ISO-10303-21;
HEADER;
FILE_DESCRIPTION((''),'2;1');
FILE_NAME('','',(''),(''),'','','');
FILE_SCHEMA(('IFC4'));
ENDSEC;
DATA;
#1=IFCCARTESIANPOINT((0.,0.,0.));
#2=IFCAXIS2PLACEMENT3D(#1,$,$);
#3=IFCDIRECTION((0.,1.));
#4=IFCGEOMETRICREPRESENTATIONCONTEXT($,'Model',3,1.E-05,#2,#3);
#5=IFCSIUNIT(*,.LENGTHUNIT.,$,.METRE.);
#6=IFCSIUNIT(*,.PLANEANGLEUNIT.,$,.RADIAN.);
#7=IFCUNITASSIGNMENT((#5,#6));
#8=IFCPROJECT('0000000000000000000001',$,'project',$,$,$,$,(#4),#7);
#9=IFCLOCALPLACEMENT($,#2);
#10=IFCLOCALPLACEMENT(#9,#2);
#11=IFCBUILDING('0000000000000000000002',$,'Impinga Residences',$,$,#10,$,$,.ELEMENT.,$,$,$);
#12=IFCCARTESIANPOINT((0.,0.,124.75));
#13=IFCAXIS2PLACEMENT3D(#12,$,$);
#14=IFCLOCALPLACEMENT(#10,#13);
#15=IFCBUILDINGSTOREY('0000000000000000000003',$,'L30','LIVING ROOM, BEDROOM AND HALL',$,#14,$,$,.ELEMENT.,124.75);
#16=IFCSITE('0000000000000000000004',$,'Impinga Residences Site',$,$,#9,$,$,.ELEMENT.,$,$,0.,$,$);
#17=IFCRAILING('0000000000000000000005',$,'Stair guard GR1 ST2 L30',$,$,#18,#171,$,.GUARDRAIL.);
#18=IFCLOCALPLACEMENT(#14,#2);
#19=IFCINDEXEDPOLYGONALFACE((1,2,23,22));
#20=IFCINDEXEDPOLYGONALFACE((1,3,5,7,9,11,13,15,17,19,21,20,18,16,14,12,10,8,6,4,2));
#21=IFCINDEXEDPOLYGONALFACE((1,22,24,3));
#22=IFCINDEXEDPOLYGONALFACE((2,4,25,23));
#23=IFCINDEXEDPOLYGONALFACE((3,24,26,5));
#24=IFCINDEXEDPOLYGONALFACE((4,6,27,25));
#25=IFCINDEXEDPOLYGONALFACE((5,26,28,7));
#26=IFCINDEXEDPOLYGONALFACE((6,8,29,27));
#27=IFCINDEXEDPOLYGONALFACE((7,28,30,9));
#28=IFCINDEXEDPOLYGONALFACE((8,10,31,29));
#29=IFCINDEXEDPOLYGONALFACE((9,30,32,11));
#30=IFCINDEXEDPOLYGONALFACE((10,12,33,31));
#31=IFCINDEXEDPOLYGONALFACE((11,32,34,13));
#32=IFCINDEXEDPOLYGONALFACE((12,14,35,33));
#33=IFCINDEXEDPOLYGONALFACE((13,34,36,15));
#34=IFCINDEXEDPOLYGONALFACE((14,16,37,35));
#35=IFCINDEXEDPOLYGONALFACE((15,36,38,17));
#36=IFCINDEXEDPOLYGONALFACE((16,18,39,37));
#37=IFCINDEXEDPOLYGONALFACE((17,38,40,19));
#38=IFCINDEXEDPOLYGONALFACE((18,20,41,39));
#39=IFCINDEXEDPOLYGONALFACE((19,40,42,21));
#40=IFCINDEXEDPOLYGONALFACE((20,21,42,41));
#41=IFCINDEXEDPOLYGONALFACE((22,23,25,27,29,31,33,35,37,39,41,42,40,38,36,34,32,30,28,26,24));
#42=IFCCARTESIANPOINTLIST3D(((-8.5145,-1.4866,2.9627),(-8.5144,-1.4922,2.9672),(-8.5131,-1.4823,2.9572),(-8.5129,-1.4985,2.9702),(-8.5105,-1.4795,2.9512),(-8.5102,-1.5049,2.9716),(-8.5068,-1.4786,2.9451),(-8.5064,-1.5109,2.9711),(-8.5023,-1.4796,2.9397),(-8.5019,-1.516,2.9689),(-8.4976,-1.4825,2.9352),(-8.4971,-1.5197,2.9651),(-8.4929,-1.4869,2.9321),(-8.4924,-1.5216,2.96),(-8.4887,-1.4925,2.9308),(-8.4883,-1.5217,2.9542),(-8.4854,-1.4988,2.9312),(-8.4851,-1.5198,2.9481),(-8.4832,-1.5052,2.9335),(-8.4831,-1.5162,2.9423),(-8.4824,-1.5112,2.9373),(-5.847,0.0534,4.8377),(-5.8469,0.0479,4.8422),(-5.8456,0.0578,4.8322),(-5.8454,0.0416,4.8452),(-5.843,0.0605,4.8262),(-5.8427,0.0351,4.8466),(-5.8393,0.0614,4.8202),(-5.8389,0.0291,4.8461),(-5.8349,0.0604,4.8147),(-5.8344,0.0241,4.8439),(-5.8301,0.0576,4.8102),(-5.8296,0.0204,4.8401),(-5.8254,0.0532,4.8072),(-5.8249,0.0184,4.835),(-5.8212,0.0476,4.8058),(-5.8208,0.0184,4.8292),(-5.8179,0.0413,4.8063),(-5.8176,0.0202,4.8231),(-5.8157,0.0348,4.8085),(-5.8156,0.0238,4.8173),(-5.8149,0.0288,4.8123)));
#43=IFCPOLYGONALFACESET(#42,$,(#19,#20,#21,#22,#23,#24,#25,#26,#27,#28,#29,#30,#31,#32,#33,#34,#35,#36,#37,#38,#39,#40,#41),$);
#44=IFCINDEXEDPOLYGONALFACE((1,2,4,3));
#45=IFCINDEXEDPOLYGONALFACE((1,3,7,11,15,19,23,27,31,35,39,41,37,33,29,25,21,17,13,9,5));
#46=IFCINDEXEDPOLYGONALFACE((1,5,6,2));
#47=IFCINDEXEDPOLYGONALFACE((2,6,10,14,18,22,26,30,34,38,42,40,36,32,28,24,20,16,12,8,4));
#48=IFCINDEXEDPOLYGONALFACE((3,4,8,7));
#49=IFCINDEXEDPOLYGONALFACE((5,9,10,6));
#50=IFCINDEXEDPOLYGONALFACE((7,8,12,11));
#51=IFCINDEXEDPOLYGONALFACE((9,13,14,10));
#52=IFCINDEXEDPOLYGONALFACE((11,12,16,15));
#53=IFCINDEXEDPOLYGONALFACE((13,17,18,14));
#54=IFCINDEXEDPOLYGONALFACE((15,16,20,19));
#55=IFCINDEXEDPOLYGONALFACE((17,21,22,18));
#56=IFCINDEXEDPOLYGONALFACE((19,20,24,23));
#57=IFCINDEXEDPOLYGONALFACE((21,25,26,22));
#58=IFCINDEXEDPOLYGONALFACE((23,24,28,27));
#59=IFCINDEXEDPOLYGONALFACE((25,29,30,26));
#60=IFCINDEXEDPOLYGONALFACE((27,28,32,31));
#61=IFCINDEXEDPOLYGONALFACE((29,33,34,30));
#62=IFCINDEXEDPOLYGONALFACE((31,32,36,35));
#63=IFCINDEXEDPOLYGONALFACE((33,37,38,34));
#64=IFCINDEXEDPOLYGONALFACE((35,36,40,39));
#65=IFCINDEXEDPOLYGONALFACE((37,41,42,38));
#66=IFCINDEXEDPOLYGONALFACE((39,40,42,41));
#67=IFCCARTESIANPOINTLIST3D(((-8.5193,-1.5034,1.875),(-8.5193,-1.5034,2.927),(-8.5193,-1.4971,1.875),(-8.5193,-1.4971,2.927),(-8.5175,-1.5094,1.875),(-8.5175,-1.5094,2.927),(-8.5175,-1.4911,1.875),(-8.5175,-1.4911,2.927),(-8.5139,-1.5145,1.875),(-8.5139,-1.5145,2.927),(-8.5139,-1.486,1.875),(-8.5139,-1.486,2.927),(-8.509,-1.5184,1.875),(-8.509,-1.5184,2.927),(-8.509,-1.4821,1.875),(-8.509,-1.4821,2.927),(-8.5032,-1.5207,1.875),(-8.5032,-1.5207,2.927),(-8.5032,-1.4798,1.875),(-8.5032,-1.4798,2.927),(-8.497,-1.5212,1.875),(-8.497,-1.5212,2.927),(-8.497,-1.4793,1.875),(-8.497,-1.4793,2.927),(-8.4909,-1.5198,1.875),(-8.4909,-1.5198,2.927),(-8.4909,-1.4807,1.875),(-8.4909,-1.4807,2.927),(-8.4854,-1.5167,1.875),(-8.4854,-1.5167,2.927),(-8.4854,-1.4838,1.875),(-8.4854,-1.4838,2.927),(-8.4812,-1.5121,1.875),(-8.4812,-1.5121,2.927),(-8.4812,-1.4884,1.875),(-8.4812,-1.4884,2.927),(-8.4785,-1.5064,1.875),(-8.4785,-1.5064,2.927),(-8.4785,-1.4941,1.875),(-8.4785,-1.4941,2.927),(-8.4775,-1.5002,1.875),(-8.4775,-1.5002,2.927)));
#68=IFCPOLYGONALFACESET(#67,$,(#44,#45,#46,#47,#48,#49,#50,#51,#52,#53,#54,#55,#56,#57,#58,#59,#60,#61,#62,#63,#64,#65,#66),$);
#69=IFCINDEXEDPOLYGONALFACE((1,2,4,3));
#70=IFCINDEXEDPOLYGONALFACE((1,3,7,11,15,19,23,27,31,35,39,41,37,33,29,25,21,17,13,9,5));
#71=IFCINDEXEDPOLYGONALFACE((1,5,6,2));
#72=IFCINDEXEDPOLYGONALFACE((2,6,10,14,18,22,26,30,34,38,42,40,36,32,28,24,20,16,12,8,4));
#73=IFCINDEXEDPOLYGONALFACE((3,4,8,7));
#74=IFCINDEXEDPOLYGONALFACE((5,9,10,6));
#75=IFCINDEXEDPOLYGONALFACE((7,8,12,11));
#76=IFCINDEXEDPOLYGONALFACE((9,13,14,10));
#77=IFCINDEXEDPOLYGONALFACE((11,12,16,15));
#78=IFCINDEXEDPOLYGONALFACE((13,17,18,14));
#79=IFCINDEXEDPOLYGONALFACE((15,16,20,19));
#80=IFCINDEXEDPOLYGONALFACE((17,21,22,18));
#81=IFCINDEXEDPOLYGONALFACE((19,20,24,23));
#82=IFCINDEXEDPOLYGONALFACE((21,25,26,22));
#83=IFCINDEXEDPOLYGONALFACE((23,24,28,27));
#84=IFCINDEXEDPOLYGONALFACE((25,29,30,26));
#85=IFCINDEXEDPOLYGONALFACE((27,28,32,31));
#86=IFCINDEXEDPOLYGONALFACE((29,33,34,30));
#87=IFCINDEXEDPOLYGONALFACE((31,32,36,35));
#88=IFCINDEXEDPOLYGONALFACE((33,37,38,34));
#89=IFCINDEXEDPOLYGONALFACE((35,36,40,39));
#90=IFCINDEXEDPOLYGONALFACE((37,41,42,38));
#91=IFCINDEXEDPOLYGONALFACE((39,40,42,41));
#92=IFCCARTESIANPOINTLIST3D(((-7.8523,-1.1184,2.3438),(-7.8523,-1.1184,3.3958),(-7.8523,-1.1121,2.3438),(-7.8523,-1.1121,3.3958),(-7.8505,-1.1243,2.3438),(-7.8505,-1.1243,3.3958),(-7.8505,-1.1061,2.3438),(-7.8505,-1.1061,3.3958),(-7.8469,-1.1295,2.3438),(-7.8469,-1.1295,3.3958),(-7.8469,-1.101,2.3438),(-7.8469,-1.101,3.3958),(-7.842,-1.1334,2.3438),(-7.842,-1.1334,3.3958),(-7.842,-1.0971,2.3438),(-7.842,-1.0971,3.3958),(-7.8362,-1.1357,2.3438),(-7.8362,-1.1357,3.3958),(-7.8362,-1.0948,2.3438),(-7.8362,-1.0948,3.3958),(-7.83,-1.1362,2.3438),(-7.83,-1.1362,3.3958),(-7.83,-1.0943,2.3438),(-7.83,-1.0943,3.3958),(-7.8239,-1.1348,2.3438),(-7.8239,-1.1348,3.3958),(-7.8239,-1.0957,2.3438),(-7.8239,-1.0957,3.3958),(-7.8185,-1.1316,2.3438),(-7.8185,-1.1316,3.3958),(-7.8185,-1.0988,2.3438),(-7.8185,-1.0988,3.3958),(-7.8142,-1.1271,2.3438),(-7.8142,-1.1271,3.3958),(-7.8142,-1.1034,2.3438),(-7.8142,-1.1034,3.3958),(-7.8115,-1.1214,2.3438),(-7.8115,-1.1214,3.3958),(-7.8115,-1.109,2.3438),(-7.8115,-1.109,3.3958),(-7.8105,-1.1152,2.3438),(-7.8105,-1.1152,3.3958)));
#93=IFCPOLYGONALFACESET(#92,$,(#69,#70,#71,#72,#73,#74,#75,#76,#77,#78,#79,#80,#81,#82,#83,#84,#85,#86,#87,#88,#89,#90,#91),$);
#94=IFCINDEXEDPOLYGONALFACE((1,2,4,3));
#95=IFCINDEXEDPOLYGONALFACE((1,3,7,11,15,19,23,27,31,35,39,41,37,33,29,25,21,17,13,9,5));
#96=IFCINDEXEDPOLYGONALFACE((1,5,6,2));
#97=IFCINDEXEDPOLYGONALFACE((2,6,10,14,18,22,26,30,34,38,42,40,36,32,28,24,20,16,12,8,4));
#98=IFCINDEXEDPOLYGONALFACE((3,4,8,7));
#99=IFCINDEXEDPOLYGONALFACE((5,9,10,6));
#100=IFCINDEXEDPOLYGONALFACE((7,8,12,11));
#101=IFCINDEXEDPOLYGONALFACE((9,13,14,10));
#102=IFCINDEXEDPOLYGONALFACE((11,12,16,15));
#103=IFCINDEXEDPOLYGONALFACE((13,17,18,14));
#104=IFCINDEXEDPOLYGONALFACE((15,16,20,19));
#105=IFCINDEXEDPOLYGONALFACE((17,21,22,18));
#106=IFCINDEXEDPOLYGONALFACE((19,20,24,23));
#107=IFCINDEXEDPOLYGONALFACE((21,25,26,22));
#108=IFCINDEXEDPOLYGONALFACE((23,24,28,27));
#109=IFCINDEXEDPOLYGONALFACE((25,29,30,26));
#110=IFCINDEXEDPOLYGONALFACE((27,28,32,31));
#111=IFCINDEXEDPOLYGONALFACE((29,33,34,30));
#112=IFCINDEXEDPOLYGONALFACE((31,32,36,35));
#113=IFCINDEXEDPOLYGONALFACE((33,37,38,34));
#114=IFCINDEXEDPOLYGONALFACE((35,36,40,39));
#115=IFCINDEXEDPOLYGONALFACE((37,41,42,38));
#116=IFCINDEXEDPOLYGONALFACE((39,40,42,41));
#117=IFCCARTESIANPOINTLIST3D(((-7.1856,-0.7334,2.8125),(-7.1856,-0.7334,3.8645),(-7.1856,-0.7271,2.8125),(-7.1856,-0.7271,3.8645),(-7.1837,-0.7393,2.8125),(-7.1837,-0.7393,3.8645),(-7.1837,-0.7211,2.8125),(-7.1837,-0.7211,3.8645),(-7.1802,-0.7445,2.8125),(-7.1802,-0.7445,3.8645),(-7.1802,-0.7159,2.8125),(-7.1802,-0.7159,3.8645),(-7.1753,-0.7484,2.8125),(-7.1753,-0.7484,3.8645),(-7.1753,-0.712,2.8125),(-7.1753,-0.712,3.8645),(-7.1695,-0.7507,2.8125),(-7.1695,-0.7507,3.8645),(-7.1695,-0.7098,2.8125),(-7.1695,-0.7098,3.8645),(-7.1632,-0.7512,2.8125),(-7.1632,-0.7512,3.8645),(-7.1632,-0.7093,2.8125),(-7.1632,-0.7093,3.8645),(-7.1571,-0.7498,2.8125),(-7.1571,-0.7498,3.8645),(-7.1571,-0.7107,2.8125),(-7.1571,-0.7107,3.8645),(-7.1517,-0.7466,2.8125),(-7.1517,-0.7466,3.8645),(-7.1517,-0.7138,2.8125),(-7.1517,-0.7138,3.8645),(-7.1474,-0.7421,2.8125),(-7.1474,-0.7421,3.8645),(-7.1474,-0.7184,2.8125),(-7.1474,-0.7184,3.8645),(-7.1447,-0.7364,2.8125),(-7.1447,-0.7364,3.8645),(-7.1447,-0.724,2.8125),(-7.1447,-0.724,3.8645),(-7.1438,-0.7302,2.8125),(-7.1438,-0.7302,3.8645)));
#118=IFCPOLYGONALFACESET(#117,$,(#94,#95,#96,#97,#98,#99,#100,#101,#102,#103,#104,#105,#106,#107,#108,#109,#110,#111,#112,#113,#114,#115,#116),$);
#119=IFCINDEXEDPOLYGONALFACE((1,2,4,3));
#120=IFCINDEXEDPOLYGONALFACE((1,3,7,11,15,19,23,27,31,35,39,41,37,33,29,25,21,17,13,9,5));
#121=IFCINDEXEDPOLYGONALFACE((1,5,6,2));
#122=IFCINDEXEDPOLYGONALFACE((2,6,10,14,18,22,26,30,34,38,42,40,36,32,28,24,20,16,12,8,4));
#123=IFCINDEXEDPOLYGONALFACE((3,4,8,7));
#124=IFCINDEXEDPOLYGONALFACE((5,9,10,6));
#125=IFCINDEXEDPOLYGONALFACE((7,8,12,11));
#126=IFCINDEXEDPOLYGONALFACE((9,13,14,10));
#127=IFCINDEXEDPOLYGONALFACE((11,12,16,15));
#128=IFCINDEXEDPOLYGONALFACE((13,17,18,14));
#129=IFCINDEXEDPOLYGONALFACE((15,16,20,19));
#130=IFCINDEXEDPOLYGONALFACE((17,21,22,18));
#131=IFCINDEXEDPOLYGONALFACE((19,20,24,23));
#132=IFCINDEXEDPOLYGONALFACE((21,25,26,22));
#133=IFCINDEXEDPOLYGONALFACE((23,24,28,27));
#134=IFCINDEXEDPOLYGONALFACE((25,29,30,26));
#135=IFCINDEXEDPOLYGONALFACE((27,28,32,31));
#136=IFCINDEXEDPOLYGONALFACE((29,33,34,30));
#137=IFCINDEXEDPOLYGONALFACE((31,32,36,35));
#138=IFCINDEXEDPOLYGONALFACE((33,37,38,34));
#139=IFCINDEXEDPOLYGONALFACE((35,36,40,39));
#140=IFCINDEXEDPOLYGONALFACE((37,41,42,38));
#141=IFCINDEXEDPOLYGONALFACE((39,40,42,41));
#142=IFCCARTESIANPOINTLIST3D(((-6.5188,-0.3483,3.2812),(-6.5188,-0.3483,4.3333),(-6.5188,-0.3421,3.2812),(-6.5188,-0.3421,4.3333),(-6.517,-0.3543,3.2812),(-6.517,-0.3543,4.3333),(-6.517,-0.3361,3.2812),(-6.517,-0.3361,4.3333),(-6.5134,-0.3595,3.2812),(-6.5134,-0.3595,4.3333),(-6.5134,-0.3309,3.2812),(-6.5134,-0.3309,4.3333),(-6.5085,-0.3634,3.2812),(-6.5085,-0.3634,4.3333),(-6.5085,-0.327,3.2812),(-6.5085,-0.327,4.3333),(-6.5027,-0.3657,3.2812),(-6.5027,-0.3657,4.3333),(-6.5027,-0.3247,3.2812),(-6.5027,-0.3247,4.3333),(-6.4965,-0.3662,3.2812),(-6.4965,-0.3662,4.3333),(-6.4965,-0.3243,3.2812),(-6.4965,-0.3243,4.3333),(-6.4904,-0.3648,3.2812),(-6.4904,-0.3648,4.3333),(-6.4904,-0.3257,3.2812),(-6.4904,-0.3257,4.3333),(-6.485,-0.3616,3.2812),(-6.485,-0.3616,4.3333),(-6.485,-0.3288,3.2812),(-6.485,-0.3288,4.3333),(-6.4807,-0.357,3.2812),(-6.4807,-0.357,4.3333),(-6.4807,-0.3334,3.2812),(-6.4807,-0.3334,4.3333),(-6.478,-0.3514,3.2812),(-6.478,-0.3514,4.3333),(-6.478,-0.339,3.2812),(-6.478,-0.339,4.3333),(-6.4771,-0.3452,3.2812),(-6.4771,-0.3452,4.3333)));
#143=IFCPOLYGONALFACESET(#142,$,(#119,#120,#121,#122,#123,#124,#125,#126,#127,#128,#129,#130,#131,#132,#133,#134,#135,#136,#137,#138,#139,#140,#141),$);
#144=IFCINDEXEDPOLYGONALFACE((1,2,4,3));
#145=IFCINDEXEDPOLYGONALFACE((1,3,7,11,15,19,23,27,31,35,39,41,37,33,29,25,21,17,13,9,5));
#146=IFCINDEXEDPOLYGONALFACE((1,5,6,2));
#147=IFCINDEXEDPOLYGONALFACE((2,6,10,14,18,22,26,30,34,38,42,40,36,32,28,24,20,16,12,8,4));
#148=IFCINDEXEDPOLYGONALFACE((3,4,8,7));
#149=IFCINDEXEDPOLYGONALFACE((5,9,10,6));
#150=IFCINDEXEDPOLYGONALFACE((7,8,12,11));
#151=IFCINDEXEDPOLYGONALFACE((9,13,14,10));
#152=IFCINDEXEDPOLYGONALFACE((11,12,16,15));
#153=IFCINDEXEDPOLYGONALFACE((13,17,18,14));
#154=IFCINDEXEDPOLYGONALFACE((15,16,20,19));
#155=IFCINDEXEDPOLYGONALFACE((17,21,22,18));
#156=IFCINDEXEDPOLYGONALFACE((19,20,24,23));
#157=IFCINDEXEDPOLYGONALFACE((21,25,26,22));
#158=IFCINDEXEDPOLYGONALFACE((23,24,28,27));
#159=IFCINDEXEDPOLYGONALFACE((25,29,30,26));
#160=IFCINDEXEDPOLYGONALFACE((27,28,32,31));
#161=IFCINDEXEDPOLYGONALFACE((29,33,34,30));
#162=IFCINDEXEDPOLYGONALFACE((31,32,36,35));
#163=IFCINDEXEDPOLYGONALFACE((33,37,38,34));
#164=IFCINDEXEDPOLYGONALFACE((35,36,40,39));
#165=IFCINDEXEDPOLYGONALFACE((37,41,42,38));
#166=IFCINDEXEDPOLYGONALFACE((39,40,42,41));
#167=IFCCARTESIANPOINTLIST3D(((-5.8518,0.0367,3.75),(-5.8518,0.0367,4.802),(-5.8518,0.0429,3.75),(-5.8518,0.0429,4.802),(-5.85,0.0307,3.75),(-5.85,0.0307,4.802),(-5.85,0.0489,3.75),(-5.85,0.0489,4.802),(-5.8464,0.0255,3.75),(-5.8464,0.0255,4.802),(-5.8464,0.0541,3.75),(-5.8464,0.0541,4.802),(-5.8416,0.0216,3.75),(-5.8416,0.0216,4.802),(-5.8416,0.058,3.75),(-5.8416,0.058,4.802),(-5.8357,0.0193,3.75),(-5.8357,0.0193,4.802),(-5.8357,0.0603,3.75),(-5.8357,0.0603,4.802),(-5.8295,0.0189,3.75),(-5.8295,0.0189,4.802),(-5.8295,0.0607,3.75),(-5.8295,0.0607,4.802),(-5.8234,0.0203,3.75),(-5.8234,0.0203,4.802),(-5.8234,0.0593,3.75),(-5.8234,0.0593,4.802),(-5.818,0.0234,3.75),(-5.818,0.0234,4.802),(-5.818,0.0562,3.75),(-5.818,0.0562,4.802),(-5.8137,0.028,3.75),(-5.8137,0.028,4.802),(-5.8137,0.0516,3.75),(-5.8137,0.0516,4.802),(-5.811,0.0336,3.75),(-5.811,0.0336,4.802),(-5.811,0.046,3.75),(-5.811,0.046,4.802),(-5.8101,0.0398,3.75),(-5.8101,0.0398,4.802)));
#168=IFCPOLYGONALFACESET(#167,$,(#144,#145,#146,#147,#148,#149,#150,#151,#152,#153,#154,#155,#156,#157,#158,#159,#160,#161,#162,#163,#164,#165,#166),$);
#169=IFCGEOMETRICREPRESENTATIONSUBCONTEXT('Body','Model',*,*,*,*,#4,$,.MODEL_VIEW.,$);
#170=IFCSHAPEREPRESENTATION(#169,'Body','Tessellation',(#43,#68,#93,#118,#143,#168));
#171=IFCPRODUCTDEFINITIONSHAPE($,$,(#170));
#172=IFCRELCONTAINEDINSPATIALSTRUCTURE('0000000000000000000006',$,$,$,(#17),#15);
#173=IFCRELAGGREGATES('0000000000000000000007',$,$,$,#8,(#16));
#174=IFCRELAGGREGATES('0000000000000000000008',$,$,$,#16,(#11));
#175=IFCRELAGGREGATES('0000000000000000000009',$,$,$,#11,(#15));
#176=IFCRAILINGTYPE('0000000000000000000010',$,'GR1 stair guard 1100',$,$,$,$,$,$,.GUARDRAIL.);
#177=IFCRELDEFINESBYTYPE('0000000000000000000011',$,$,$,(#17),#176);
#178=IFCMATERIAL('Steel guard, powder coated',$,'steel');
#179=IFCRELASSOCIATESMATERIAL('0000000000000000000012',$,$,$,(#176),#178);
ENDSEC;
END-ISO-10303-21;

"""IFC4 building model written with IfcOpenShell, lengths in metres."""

from ifc_helpers import new_model, si_unit, direction, frame, origin, origin_2d, place, context, subcontext, project, spatial, circle, extrude, material, type_object, element, save


model = new_model("IFC4")

# Units and contexts
model_context = context("Model", 3, precision=1e-05, world=origin(), true_north=direction((0.0, 1.0)))
body_context = subcontext(model_context, "Body", "Model", "MODEL_VIEW")
ifc_project = project(units=[si_unit("LENGTHUNIT", "METRE"), si_unit("PLANEANGLEUNIT", "RADIAN")], contexts=[model_context])

# Site, building, storey
site_placement = place(None, origin())
site = spatial("IfcSite", under=ifc_project, at=site_placement, Name="Impinga Residences Site", CompositionType="ELEMENT", RefElevation=0.0)
building_placement = place(site_placement, origin())
building = spatial("IfcBuilding", under=site, at=building_placement, Name="Impinga Residences", CompositionType="ELEMENT")
storey_placement = place(building_placement, frame((0.0, 0.0, 124.75)))
storey = spatial("IfcBuildingStorey", under=building, at=storey_placement, Name="L30", Description="LIVING ROOM, BEDROOM AND HALL", CompositionType="ELEMENT", Elevation=124.75)

# Railing
ifc_material_1 = material(Name="Steel guard, powder coated", Category="steel")
railing_type_1 = type_object("IfcRailingType", Name="GR1 stair guard 1100", PredefinedType="GUARDRAIL", material=ifc_material_1)
railing_1_placement = place(storey_placement, frame((-8.4985, -1.5002, 1.875)))
element("IfcRailing", 1, at=railing_1_placement, inside=storey, type_object=railing_type_1, Name="Stair guard GR1 ST2 L30", PredefinedType="GUARDRAIL", context=body_context, shape_type="SweptSolid", body=[
    extrude(circle(Radius=0.0239, at=origin_2d()), frame((0.0, 0.0, 1.0762), z_axis=(0.739746, 0.427084, 0.519975), x_axis=(-0.499992, 0.86603, 0.0)), (0.0, 0.0, 1.0), 3.606),
    extrude(circle(Radius=0.021, at=origin_2d()), origin(), (0.0, 0.0, 1.0), 1.052),
    extrude(circle(Radius=0.021, at=origin_2d()), frame((0.667, 0.385, 0.4688)), (0.0, 0.0, 1.0), 1.052),
    extrude(circle(Radius=0.021, at=origin_2d()), frame((1.3337, 0.77, 0.9375)), (0.0, 0.0, 1.0), 1.052),
    extrude(circle(Radius=0.021, at=origin_2d()), frame((2.0005, 1.155, 1.4062)), (0.0, 0.0, 1.0), 1.052),
    extrude(circle(Radius=0.021, at=origin_2d()), frame((2.6675, 1.54, 1.875)), (0.0, 0.0, 1.0), 1.052),
])

save(model, "model.ifc")
